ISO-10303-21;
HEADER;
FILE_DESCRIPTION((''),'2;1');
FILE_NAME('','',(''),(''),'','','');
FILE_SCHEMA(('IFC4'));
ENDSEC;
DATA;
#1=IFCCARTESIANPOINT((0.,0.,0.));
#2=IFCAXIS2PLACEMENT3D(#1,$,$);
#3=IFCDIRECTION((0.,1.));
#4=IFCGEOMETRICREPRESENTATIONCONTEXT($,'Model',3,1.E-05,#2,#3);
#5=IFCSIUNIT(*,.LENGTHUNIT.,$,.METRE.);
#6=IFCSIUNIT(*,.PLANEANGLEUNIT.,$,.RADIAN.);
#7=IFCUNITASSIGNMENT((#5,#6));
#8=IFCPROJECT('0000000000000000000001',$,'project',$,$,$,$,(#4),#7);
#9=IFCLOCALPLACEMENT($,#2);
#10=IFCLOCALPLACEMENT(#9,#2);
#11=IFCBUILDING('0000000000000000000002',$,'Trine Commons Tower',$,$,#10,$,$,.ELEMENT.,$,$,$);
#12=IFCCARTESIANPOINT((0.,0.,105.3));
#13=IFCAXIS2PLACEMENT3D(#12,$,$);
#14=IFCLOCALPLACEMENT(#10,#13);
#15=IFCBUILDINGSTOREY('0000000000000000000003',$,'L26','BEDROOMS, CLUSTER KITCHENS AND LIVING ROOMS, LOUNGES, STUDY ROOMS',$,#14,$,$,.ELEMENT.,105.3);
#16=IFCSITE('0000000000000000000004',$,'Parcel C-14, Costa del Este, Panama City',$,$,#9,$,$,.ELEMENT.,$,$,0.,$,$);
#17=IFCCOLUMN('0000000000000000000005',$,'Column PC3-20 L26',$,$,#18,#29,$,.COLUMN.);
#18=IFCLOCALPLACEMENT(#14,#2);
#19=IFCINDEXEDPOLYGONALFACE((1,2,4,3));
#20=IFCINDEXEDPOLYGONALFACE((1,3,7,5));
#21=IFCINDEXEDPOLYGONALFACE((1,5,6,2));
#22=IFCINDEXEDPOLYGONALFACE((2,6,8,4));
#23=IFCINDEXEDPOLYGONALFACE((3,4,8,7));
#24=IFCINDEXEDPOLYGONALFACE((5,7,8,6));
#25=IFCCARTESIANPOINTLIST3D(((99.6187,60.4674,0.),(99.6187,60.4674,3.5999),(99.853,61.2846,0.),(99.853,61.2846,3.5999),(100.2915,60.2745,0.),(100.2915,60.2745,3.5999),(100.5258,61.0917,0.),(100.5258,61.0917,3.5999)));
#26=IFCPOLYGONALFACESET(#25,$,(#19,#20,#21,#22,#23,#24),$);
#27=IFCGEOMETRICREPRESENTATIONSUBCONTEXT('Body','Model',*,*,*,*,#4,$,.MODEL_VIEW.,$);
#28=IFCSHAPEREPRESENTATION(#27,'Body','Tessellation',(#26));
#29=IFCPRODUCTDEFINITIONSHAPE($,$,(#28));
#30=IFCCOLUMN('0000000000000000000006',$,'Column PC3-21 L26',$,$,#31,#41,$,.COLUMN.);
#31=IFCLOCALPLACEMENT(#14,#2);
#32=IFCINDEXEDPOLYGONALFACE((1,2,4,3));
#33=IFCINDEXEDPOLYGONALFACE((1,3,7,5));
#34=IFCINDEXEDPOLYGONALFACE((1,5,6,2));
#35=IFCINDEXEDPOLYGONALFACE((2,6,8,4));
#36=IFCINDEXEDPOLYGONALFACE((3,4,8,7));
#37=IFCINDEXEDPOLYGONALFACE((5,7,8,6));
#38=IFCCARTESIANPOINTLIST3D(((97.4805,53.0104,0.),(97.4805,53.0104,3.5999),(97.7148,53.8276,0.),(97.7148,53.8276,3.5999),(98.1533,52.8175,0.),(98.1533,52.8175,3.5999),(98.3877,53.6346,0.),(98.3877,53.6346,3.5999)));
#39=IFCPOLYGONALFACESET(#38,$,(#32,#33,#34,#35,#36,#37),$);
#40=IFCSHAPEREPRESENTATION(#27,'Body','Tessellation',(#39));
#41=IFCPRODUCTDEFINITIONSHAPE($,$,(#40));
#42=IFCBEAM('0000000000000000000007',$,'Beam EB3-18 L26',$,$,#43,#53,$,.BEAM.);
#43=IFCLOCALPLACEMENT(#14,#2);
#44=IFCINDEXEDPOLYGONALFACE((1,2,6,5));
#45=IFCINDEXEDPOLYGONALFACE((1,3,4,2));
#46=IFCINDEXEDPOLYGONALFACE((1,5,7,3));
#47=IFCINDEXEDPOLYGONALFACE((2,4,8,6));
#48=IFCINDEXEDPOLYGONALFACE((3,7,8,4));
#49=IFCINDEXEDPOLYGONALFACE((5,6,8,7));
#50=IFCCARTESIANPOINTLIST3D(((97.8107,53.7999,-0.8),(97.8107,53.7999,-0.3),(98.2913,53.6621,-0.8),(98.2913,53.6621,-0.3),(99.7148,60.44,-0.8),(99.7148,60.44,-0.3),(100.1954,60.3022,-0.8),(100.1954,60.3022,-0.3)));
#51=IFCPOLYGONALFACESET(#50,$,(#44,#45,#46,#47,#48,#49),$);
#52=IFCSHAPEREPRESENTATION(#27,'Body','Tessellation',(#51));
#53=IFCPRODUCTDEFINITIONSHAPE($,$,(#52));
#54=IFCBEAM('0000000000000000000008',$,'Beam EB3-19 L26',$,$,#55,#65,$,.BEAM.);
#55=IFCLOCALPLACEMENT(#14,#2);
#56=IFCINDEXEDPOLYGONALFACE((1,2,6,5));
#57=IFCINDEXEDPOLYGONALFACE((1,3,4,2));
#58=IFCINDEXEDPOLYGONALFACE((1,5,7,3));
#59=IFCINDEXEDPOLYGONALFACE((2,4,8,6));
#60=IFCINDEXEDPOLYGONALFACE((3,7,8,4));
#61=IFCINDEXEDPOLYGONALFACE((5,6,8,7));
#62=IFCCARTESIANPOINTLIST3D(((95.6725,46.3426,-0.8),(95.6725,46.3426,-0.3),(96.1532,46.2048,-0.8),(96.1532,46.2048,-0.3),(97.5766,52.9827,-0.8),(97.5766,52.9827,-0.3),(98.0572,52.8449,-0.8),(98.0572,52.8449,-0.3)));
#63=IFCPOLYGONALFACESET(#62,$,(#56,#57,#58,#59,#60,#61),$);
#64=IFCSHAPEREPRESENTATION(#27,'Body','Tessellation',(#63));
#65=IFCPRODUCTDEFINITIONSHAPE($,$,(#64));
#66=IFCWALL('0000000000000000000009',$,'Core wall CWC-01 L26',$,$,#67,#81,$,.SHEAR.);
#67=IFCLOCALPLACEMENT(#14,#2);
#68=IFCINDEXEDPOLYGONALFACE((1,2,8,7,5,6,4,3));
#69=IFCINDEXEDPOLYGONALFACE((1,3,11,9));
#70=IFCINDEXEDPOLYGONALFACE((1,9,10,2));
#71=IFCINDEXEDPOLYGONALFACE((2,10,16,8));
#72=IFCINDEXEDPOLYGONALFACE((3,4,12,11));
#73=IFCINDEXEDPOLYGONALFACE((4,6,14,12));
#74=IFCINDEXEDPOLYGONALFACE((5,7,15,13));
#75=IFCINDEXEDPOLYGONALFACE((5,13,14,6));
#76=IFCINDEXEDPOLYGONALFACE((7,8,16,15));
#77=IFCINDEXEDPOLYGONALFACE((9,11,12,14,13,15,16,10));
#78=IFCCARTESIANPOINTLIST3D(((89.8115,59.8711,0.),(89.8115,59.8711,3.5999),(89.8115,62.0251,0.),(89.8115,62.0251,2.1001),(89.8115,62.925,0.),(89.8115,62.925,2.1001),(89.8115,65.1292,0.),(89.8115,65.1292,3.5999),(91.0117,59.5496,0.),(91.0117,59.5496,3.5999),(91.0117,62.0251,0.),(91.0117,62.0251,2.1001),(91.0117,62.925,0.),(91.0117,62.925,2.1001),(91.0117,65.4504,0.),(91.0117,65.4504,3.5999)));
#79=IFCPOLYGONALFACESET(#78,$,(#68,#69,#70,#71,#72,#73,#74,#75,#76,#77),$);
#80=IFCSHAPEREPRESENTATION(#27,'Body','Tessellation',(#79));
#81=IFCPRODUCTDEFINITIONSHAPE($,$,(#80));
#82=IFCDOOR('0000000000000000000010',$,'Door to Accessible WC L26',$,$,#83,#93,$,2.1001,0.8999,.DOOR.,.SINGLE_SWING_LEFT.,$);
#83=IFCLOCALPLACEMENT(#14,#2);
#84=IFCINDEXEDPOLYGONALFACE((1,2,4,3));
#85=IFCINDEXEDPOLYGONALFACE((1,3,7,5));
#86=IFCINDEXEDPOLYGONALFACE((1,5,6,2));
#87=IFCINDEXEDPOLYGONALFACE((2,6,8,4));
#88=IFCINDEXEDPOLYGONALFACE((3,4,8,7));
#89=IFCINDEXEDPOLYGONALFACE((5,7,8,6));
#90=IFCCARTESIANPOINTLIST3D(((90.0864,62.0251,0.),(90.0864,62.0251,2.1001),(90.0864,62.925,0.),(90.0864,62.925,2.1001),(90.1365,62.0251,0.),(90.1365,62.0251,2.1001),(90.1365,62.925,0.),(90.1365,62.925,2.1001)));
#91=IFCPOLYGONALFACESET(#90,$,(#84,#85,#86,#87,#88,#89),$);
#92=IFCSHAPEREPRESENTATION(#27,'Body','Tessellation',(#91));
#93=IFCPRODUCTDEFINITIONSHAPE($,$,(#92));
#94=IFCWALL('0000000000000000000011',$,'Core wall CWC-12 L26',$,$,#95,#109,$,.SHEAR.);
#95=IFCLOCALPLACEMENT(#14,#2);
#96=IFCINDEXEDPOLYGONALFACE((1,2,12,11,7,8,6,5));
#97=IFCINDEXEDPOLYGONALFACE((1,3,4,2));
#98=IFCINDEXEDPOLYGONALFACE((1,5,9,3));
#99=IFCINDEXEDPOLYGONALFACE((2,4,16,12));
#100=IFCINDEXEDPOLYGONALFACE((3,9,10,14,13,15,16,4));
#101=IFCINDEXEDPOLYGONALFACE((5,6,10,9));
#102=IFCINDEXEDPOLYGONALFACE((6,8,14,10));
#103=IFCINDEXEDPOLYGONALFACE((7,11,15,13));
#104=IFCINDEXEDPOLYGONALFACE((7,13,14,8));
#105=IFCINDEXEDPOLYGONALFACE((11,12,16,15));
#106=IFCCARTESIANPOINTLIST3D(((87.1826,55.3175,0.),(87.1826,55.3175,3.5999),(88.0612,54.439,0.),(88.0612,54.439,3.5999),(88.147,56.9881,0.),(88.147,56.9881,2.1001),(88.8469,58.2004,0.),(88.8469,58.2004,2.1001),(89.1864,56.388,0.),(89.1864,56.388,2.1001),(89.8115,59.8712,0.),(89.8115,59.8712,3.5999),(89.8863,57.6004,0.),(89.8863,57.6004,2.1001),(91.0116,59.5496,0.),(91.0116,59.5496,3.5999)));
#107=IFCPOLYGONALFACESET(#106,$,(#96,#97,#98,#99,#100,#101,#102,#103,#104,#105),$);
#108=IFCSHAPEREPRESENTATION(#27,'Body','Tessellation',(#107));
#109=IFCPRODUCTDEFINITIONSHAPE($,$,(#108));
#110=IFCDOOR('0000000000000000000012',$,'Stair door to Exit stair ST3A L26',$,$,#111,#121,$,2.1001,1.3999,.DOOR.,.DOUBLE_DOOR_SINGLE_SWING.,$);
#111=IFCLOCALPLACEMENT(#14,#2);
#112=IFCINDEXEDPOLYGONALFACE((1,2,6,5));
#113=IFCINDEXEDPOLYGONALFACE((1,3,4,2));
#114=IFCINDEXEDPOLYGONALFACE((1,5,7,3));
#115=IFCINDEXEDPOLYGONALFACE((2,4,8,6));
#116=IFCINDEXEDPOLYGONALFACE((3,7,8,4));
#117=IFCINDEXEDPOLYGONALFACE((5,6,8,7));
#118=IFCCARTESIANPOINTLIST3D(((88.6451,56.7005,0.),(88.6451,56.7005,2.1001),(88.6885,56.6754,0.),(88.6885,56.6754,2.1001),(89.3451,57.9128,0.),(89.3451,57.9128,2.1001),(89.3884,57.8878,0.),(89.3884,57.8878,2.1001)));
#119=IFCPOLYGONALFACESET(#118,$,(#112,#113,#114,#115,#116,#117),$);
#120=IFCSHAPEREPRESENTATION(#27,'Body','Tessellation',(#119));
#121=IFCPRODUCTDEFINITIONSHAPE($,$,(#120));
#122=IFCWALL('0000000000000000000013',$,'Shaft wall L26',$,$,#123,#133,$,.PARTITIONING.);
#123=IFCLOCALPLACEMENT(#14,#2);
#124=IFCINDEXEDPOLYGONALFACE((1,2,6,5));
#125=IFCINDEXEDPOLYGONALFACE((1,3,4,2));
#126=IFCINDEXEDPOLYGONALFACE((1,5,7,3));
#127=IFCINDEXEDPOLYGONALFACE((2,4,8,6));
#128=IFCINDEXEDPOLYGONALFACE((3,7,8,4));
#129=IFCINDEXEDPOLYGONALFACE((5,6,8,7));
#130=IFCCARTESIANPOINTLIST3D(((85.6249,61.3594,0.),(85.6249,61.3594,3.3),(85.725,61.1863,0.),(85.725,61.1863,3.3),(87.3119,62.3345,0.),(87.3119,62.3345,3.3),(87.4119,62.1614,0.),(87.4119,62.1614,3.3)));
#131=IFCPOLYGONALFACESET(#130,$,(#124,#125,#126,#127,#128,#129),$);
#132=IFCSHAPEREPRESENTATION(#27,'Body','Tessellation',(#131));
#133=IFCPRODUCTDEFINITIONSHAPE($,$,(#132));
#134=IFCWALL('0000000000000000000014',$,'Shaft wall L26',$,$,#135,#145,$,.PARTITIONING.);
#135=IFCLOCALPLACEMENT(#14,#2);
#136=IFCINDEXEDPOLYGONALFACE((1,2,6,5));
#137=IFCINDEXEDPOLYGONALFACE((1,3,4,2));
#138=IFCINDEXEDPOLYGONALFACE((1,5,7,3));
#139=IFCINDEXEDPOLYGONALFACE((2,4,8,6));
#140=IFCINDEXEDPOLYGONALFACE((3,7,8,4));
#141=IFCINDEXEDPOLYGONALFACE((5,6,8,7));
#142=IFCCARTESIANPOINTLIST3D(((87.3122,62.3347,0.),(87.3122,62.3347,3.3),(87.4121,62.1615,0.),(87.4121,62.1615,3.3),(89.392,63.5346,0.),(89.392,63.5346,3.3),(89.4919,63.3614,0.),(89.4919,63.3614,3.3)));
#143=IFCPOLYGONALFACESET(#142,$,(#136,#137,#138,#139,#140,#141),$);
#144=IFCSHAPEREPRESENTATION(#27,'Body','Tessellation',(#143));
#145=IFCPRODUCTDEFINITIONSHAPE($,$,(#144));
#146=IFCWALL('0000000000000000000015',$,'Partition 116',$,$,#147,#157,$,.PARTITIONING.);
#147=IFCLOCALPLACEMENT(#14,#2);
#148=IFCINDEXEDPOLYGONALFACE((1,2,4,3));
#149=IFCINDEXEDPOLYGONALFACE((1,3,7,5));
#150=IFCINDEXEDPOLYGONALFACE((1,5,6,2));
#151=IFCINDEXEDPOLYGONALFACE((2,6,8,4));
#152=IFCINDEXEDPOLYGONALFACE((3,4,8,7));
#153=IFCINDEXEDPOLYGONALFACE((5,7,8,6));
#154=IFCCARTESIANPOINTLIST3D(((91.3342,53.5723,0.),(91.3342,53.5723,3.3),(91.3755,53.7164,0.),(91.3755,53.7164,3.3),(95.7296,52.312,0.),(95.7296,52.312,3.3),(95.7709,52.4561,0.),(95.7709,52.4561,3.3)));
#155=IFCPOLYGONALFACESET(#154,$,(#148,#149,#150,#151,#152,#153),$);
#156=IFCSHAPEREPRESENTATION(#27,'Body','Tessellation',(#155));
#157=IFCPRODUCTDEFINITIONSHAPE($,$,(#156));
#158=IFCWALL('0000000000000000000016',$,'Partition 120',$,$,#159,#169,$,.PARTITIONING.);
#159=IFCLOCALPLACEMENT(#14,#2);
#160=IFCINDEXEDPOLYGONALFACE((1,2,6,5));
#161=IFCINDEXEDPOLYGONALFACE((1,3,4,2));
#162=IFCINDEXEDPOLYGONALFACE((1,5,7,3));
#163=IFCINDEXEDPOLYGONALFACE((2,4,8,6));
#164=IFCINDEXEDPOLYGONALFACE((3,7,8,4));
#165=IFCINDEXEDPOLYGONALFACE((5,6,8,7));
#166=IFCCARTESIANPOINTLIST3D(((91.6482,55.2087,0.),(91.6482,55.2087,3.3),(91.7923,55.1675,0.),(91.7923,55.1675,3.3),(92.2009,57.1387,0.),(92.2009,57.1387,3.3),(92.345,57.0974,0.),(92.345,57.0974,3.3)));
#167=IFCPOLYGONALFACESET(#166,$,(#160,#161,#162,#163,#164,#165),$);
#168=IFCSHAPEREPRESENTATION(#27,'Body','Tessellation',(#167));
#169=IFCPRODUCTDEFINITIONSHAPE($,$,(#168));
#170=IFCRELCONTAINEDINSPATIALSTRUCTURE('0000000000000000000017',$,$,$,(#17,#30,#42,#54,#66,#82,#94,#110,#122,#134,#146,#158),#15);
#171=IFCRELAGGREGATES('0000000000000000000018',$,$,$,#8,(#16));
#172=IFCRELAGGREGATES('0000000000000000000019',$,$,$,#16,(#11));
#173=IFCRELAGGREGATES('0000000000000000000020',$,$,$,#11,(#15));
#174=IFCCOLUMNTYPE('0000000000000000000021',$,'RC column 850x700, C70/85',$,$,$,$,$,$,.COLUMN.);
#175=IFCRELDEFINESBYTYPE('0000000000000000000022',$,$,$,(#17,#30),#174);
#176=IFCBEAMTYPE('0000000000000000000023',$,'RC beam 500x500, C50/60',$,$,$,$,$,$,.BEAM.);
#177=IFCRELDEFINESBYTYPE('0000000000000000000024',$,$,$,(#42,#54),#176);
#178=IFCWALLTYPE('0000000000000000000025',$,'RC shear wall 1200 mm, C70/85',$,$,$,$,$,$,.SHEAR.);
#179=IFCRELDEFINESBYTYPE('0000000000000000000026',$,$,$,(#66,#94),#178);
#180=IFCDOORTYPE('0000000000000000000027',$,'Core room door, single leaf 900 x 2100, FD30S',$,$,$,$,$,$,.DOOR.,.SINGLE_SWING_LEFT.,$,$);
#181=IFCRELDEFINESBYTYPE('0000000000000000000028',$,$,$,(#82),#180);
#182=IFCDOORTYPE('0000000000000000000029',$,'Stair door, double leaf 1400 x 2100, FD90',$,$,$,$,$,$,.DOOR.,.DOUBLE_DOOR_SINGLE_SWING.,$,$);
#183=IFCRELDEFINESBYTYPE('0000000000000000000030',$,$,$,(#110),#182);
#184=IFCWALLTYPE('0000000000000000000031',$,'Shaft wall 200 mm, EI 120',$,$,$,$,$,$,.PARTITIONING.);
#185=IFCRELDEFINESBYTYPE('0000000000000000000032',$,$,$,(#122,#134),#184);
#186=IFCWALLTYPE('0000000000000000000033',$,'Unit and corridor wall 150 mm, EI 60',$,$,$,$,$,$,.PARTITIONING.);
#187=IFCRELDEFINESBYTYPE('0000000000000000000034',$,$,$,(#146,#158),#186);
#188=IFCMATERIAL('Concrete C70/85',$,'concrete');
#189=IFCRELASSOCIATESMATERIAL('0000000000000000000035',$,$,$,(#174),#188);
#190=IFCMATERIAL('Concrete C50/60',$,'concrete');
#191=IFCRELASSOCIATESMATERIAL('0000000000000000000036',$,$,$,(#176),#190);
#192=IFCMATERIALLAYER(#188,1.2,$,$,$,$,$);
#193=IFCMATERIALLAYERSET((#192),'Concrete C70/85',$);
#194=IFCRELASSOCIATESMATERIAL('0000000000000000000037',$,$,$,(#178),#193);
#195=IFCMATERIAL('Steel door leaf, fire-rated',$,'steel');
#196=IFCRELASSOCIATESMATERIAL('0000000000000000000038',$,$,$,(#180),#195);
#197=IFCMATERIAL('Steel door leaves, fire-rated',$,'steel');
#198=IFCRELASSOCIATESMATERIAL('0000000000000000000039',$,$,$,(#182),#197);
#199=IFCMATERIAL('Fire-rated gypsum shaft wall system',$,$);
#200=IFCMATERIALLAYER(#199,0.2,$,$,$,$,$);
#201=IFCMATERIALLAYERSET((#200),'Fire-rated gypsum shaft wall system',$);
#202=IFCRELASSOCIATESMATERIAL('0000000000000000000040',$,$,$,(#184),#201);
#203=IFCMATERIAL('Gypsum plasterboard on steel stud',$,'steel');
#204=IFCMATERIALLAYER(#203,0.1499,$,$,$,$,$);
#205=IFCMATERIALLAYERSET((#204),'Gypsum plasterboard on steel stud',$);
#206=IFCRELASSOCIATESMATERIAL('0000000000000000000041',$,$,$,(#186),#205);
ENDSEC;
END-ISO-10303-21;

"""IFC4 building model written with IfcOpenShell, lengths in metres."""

from ifc_helpers import new_model, si_unit, direction, frame, frame_2d, origin, origin_2d, place, context, subcontext, project, spatial, polyline, rectangle, outline, extrude, material, layer, layer_set, material_profile, profile_set, type_object, element, fill, save


model = new_model("IFC4")

# Units and contexts
model_context = context("Model", 3, precision=1e-05, world=origin(), true_north=direction((0.0, 1.0)))
body_context = subcontext(model_context, "Body", "Model", "MODEL_VIEW")
ifc_project = project(units=[si_unit("LENGTHUNIT", "METRE"), si_unit("PLANEANGLEUNIT", "RADIAN")], contexts=[model_context])

# Site, building, storey
site_placement = place(None, origin())
site = spatial("IfcSite", under=ifc_project, at=site_placement, Name="Parcel C-14, Costa del Este, Panama City", CompositionType="ELEMENT", RefElevation=0.0)
building_placement = place(site_placement, origin())
building = spatial("IfcBuilding", under=site, at=building_placement, Name="Trine Commons Tower", CompositionType="ELEMENT")
storey_placement = place(building_placement, frame((0.0, 0.0, 105.3)))
storey = spatial("IfcBuildingStorey", under=building, at=storey_placement, Name="L26", Description="BEDROOMS, CLUSTER KITCHENS AND LIVING ROOMS, LOUNGES, STUDY ROOMS", CompositionType="ELEMENT", Elevation=105.3)

# Columns
ifc_material_1 = material(Name="Concrete C70/85", Category="concrete")
ifc_material_profile_1 = material_profile(ifc_material_1, rectangle(XDim=0.8501, YDim=0.7, at=origin_2d()), Name="RC 850x700")
ifc_profile_set_1 = profile_set([ifc_material_profile_1], Name="Concrete C70/85")
column_type = type_object("IfcColumnType", Name="RC column 850x700, C70/85", PredefinedType="COLUMN", material=ifc_profile_set_1)
for number, where, z_axis, x_axis, name in (
    (1, (100.0723, 60.7795, 0.0), (0.0, 0.0, 1.0), (0.275637, 0.961262, 0.0), "Column PC3-20 L26"),
    (2, (97.9341, 53.3225, 0.0), (0.0, 0.0, 1.0), (0.275637, 0.961262, 0.0), "Column PC3-21 L26"),
):
    element("IfcColumn", number, at=place(storey_placement, frame(where, z_axis=z_axis, x_axis=x_axis)), inside=storey, type_object=column_type, Name=name, PredefinedType="COLUMN", context=body_context, shape_type="SweptSolid", body=[
        extrude(rectangle(XDim=0.8501, YDim=0.7, at=origin_2d()), origin(), (0.0, 0.0, 1.0), 3.5999),
    ])

# Beams
ifc_material_2 = material(Name="Concrete C50/60", Category="concrete")
ifc_material_profile_2 = material_profile(ifc_material_2, rectangle(XDim=0.5, YDim=0.5, at=origin_2d()), Name="RC 500x500")
ifc_profile_set_2 = profile_set([ifc_material_profile_2], Name="Concrete C50/60")
beam_type = type_object("IfcBeamType", Name="RC beam 500x500, C50/60", PredefinedType="BEAM", material=ifc_profile_set_2)
for number, where, z_axis, x_axis, name in (
    (3, (99.9551, 60.3711, -0.55), (-0.275641, -0.961261, 0.0), (0.961261, -0.275641, 0.0), "Beam EB3-18 L26"),
    (4, (97.8169, 52.9138, -0.55), (-0.275641, -0.961261, 0.0), (0.961261, -0.275641, 0.0), "Beam EB3-19 L26"),
):
    element("IfcBeam", number, at=place(storey_placement, frame(where, z_axis=z_axis, x_axis=x_axis)), inside=storey, type_object=beam_type, Name=name, PredefinedType="BEAM", context=body_context, shape_type="SweptSolid", body=[
        extrude(rectangle(XDim=0.5, YDim=0.5, at=origin_2d()), origin(), (0.0, 0.0, 1.0), 6.9077),
    ])

# Walls, openings, doors
ifc_layer_1 = layer(ifc_material_1, 1.2)
ifc_layer_set_1 = layer_set([ifc_layer_1], Name="Concrete C70/85")
wall_type_1 = type_object("IfcWallType", Name="RC shear wall 1200 mm, C70/85", PredefinedType="SHEAR", material=ifc_layer_set_1)
wall_1_placement = place(storey_placement, frame((90.4116, 59.5496, 0.0), z_axis=(0.0, 0.0, 1.0), x_axis=(0.0, 1.0, 0.0)))
wall_1 = element("IfcWall", 5, at=wall_1_placement, inside=storey, type_object=wall_type_1, Name="Core wall CWC-01 L26", PredefinedType="SHEAR", context=body_context, shape_type="SweptSolid", body=[
    extrude(outline(polyline([(0.0, -0.6001), (5.9009, -0.6001), (5.5796, 0.6001), (0.3215, 0.6001), (0.0, -0.6001)])), origin(), (0.0, 0.0, 1.0), 3.5999),
])
opening_1_placement = place(wall_1_placement, frame((2.4756, 0.0, 0.0)))
opening_1 = element("IfcOpeningElement", 6, at=opening_1_placement, cuts=wall_1, PredefinedType="OPENING", context=body_context, shape_type="SweptSolid", body=[
    extrude(rectangle(XDim=0.8999, YDim=2.1001, at=frame_2d((0.45, 1.05))), frame((0.0, 0.6099, 0.0), z_axis=(0.0, -1.0, 0.0), x_axis=(1.0, 0.0, 0.0)), (0.0, 0.0, 1.0), 1.22),
])
ifc_material_3 = material(Name="Steel door leaf, fire-rated", Category="steel")
door_type_1 = type_object("IfcDoorType", Name="Core room door, single leaf 900 x 2100, FD30S", OperationType="SINGLE_SWING_LEFT", PredefinedType="DOOR", material=ifc_material_3)
door_1_placement = place(opening_1_placement, origin())
door_1 = element("IfcDoor", 7, at=door_1_placement, inside=storey, type_object=door_type_1, Name="Door to Accessible WC L26", OperationType="SINGLE_SWING_LEFT", OverallHeight=2.1001, OverallWidth=0.8999, PredefinedType="DOOR", context=body_context, shape_type="SweptSolid", body=[
    extrude(rectangle(XDim=0.8999, YDim=2.1001, at=frame_2d((0.45, 1.05))), frame((0.0, 0.3252, 0.0), z_axis=(0.0, -1.0, 0.0), x_axis=(1.0, 0.0, 0.0)), (0.0, 0.0, 1.0), 0.05),
])
fill(opening_1, door_1)
wall_2_placement = place(storey_placement, frame((87.5415, 54.739, 0.0), z_axis=(0.0, 0.0, 1.0), x_axis=(0.499979, 0.866037, 0.0)))
wall_2 = element("IfcWall", 8, at=wall_2_placement, inside=storey, type_object=wall_type_1, Name="Core wall CWC-12 L26", PredefinedType="SHEAR", context=body_context, shape_type="SweptSolid", body=[
    extrude(outline(polyline([(0.0, -0.6001), (5.9011, -0.6001), (5.5796, 0.6001), (0.3215, 0.6001), (0.0, -0.6001)])), origin(), (0.0, 0.0, 1.0), 3.5999),
])
opening_2_placement = place(wall_2_placement, frame((2.2505, 0.0, 0.0)))
opening_2 = element("IfcOpeningElement", 9, at=opening_2_placement, cuts=wall_2, PredefinedType="OPENING", context=body_context, shape_type="SweptSolid", body=[
    extrude(rectangle(XDim=1.3999, YDim=2.1001, at=frame_2d((0.7, 1.05))), frame((0.0, 0.6099, 0.0), z_axis=(0.0, -1.0, 0.0), x_axis=(1.0, 0.0, 0.0)), (0.0, 0.0, 1.0), 1.22),
])
ifc_material_4 = material(Name="Steel door leaves, fire-rated", Category="steel")
door_type_2 = type_object("IfcDoorType", Name="Stair door, double leaf 1400 x 2100, FD90", OperationType="DOUBLE_DOOR_SINGLE_SWING", PredefinedType="DOOR", material=ifc_material_4)
door_2_placement = place(opening_2_placement, origin())
door_2 = element("IfcDoor", 10, at=door_2_placement, inside=storey, type_object=door_type_2, Name="Stair door to Exit stair ST3A L26", OperationType="DOUBLE_DOOR_SINGLE_SWING", OverallHeight=2.1001, OverallWidth=1.3999, PredefinedType="DOOR", context=body_context, shape_type="SweptSolid", body=[
    extrude(rectangle(XDim=1.3999, YDim=2.1001, at=frame_2d((0.7, 1.05))), frame((0.0, 0.0249, 0.0), z_axis=(0.0, -1.0, 0.0), x_axis=(1.0, 0.0, 0.0)), (0.0, 0.0, 1.0), 0.05),
])
fill(opening_2, door_2)

# Walls
ifc_material_5 = material(Name="Fire-rated gypsum shaft wall system")
ifc_layer_2 = layer(ifc_material_5, 0.2)
ifc_layer_set_2 = layer_set([ifc_layer_2], Name="Fire-rated gypsum shaft wall system")
wall_type_2 = type_object("IfcWallType", Name="Shaft wall 200 mm, EI 120", PredefinedType="PARTITIONING", material=ifc_layer_set_2)
wall_3_placement = place(storey_placement, frame((85.675, 61.2729, 0.0), z_axis=(0.0, 0.0, 1.0), x_axis=(0.865781, 0.500424, 0.0)))
element("IfcWall", 11, at=wall_3_placement, inside=storey, type_object=wall_type_2, Name="Shaft wall L26", PredefinedType="PARTITIONING", context=body_context, shape_type="SweptSolid", body=[
    extrude(rectangle(XDim=1.9485, YDim=0.2, at=frame_2d((0.9741, 0.0))), origin(), (0.0, 0.0, 1.0), 3.3),
])
wall_4_placement = place(storey_placement, frame((87.3621, 62.248, 0.0), z_axis=(0.0, 0.0, 1.0), x_axis=(0.866177, 0.499737, 0.0)))
element("IfcWall", 12, at=wall_4_placement, inside=storey, type_object=wall_type_2, Name="Shaft wall L26", PredefinedType="PARTITIONING", context=body_context, shape_type="SweptSolid", body=[
    extrude(rectangle(XDim=2.4011, YDim=0.2, at=frame_2d((1.2007, 0.0))), origin(), (0.0, 0.0, 1.0), 3.3),
])
ifc_material_6 = material(Name="Gypsum plasterboard on steel stud", Category="steel")
ifc_layer_3 = layer(ifc_material_6, 0.1499)
ifc_layer_set_3 = layer_set([ifc_layer_3], Name="Gypsum plasterboard on steel stud")
wall_type_3 = type_object("IfcWallType", Name="Unit and corridor wall 150 mm, EI 60", PredefinedType="PARTITIONING", material=ifc_layer_set_3)
wall_5_placement = place(storey_placement, frame((91.355, 53.6443, 0.0), z_axis=(0.0, 0.0, 1.0), x_axis=(0.96127, -0.27561, 0.0)))
element("IfcWall", 13, at=wall_5_placement, inside=storey, type_object=wall_type_3, Name="Partition 116", PredefinedType="PARTITIONING", context=body_context, shape_type="SweptSolid", body=[
    extrude(rectangle(XDim=4.5725, YDim=0.1499, at=frame_2d((2.2861, 0.0))), origin(), (0.0, 0.0, 1.0), 3.3),
])
wall_6_placement = place(storey_placement, frame((91.7202, 55.188, 0.0), z_axis=(0.0, 0.0, 1.0), x_axis=(0.275331, 0.961349, 0.0)))
element("IfcWall", 14, at=wall_6_placement, inside=storey, type_object=wall_type_3, Name="Partition 120", PredefinedType="PARTITIONING", context=body_context, shape_type="SweptSolid", body=[
    extrude(rectangle(XDim=2.0076, YDim=0.1499, at=frame_2d((1.0039, 0.0))), origin(), (0.0, 0.0, 1.0), 3.3),
])

save(model, "model.ifc")
